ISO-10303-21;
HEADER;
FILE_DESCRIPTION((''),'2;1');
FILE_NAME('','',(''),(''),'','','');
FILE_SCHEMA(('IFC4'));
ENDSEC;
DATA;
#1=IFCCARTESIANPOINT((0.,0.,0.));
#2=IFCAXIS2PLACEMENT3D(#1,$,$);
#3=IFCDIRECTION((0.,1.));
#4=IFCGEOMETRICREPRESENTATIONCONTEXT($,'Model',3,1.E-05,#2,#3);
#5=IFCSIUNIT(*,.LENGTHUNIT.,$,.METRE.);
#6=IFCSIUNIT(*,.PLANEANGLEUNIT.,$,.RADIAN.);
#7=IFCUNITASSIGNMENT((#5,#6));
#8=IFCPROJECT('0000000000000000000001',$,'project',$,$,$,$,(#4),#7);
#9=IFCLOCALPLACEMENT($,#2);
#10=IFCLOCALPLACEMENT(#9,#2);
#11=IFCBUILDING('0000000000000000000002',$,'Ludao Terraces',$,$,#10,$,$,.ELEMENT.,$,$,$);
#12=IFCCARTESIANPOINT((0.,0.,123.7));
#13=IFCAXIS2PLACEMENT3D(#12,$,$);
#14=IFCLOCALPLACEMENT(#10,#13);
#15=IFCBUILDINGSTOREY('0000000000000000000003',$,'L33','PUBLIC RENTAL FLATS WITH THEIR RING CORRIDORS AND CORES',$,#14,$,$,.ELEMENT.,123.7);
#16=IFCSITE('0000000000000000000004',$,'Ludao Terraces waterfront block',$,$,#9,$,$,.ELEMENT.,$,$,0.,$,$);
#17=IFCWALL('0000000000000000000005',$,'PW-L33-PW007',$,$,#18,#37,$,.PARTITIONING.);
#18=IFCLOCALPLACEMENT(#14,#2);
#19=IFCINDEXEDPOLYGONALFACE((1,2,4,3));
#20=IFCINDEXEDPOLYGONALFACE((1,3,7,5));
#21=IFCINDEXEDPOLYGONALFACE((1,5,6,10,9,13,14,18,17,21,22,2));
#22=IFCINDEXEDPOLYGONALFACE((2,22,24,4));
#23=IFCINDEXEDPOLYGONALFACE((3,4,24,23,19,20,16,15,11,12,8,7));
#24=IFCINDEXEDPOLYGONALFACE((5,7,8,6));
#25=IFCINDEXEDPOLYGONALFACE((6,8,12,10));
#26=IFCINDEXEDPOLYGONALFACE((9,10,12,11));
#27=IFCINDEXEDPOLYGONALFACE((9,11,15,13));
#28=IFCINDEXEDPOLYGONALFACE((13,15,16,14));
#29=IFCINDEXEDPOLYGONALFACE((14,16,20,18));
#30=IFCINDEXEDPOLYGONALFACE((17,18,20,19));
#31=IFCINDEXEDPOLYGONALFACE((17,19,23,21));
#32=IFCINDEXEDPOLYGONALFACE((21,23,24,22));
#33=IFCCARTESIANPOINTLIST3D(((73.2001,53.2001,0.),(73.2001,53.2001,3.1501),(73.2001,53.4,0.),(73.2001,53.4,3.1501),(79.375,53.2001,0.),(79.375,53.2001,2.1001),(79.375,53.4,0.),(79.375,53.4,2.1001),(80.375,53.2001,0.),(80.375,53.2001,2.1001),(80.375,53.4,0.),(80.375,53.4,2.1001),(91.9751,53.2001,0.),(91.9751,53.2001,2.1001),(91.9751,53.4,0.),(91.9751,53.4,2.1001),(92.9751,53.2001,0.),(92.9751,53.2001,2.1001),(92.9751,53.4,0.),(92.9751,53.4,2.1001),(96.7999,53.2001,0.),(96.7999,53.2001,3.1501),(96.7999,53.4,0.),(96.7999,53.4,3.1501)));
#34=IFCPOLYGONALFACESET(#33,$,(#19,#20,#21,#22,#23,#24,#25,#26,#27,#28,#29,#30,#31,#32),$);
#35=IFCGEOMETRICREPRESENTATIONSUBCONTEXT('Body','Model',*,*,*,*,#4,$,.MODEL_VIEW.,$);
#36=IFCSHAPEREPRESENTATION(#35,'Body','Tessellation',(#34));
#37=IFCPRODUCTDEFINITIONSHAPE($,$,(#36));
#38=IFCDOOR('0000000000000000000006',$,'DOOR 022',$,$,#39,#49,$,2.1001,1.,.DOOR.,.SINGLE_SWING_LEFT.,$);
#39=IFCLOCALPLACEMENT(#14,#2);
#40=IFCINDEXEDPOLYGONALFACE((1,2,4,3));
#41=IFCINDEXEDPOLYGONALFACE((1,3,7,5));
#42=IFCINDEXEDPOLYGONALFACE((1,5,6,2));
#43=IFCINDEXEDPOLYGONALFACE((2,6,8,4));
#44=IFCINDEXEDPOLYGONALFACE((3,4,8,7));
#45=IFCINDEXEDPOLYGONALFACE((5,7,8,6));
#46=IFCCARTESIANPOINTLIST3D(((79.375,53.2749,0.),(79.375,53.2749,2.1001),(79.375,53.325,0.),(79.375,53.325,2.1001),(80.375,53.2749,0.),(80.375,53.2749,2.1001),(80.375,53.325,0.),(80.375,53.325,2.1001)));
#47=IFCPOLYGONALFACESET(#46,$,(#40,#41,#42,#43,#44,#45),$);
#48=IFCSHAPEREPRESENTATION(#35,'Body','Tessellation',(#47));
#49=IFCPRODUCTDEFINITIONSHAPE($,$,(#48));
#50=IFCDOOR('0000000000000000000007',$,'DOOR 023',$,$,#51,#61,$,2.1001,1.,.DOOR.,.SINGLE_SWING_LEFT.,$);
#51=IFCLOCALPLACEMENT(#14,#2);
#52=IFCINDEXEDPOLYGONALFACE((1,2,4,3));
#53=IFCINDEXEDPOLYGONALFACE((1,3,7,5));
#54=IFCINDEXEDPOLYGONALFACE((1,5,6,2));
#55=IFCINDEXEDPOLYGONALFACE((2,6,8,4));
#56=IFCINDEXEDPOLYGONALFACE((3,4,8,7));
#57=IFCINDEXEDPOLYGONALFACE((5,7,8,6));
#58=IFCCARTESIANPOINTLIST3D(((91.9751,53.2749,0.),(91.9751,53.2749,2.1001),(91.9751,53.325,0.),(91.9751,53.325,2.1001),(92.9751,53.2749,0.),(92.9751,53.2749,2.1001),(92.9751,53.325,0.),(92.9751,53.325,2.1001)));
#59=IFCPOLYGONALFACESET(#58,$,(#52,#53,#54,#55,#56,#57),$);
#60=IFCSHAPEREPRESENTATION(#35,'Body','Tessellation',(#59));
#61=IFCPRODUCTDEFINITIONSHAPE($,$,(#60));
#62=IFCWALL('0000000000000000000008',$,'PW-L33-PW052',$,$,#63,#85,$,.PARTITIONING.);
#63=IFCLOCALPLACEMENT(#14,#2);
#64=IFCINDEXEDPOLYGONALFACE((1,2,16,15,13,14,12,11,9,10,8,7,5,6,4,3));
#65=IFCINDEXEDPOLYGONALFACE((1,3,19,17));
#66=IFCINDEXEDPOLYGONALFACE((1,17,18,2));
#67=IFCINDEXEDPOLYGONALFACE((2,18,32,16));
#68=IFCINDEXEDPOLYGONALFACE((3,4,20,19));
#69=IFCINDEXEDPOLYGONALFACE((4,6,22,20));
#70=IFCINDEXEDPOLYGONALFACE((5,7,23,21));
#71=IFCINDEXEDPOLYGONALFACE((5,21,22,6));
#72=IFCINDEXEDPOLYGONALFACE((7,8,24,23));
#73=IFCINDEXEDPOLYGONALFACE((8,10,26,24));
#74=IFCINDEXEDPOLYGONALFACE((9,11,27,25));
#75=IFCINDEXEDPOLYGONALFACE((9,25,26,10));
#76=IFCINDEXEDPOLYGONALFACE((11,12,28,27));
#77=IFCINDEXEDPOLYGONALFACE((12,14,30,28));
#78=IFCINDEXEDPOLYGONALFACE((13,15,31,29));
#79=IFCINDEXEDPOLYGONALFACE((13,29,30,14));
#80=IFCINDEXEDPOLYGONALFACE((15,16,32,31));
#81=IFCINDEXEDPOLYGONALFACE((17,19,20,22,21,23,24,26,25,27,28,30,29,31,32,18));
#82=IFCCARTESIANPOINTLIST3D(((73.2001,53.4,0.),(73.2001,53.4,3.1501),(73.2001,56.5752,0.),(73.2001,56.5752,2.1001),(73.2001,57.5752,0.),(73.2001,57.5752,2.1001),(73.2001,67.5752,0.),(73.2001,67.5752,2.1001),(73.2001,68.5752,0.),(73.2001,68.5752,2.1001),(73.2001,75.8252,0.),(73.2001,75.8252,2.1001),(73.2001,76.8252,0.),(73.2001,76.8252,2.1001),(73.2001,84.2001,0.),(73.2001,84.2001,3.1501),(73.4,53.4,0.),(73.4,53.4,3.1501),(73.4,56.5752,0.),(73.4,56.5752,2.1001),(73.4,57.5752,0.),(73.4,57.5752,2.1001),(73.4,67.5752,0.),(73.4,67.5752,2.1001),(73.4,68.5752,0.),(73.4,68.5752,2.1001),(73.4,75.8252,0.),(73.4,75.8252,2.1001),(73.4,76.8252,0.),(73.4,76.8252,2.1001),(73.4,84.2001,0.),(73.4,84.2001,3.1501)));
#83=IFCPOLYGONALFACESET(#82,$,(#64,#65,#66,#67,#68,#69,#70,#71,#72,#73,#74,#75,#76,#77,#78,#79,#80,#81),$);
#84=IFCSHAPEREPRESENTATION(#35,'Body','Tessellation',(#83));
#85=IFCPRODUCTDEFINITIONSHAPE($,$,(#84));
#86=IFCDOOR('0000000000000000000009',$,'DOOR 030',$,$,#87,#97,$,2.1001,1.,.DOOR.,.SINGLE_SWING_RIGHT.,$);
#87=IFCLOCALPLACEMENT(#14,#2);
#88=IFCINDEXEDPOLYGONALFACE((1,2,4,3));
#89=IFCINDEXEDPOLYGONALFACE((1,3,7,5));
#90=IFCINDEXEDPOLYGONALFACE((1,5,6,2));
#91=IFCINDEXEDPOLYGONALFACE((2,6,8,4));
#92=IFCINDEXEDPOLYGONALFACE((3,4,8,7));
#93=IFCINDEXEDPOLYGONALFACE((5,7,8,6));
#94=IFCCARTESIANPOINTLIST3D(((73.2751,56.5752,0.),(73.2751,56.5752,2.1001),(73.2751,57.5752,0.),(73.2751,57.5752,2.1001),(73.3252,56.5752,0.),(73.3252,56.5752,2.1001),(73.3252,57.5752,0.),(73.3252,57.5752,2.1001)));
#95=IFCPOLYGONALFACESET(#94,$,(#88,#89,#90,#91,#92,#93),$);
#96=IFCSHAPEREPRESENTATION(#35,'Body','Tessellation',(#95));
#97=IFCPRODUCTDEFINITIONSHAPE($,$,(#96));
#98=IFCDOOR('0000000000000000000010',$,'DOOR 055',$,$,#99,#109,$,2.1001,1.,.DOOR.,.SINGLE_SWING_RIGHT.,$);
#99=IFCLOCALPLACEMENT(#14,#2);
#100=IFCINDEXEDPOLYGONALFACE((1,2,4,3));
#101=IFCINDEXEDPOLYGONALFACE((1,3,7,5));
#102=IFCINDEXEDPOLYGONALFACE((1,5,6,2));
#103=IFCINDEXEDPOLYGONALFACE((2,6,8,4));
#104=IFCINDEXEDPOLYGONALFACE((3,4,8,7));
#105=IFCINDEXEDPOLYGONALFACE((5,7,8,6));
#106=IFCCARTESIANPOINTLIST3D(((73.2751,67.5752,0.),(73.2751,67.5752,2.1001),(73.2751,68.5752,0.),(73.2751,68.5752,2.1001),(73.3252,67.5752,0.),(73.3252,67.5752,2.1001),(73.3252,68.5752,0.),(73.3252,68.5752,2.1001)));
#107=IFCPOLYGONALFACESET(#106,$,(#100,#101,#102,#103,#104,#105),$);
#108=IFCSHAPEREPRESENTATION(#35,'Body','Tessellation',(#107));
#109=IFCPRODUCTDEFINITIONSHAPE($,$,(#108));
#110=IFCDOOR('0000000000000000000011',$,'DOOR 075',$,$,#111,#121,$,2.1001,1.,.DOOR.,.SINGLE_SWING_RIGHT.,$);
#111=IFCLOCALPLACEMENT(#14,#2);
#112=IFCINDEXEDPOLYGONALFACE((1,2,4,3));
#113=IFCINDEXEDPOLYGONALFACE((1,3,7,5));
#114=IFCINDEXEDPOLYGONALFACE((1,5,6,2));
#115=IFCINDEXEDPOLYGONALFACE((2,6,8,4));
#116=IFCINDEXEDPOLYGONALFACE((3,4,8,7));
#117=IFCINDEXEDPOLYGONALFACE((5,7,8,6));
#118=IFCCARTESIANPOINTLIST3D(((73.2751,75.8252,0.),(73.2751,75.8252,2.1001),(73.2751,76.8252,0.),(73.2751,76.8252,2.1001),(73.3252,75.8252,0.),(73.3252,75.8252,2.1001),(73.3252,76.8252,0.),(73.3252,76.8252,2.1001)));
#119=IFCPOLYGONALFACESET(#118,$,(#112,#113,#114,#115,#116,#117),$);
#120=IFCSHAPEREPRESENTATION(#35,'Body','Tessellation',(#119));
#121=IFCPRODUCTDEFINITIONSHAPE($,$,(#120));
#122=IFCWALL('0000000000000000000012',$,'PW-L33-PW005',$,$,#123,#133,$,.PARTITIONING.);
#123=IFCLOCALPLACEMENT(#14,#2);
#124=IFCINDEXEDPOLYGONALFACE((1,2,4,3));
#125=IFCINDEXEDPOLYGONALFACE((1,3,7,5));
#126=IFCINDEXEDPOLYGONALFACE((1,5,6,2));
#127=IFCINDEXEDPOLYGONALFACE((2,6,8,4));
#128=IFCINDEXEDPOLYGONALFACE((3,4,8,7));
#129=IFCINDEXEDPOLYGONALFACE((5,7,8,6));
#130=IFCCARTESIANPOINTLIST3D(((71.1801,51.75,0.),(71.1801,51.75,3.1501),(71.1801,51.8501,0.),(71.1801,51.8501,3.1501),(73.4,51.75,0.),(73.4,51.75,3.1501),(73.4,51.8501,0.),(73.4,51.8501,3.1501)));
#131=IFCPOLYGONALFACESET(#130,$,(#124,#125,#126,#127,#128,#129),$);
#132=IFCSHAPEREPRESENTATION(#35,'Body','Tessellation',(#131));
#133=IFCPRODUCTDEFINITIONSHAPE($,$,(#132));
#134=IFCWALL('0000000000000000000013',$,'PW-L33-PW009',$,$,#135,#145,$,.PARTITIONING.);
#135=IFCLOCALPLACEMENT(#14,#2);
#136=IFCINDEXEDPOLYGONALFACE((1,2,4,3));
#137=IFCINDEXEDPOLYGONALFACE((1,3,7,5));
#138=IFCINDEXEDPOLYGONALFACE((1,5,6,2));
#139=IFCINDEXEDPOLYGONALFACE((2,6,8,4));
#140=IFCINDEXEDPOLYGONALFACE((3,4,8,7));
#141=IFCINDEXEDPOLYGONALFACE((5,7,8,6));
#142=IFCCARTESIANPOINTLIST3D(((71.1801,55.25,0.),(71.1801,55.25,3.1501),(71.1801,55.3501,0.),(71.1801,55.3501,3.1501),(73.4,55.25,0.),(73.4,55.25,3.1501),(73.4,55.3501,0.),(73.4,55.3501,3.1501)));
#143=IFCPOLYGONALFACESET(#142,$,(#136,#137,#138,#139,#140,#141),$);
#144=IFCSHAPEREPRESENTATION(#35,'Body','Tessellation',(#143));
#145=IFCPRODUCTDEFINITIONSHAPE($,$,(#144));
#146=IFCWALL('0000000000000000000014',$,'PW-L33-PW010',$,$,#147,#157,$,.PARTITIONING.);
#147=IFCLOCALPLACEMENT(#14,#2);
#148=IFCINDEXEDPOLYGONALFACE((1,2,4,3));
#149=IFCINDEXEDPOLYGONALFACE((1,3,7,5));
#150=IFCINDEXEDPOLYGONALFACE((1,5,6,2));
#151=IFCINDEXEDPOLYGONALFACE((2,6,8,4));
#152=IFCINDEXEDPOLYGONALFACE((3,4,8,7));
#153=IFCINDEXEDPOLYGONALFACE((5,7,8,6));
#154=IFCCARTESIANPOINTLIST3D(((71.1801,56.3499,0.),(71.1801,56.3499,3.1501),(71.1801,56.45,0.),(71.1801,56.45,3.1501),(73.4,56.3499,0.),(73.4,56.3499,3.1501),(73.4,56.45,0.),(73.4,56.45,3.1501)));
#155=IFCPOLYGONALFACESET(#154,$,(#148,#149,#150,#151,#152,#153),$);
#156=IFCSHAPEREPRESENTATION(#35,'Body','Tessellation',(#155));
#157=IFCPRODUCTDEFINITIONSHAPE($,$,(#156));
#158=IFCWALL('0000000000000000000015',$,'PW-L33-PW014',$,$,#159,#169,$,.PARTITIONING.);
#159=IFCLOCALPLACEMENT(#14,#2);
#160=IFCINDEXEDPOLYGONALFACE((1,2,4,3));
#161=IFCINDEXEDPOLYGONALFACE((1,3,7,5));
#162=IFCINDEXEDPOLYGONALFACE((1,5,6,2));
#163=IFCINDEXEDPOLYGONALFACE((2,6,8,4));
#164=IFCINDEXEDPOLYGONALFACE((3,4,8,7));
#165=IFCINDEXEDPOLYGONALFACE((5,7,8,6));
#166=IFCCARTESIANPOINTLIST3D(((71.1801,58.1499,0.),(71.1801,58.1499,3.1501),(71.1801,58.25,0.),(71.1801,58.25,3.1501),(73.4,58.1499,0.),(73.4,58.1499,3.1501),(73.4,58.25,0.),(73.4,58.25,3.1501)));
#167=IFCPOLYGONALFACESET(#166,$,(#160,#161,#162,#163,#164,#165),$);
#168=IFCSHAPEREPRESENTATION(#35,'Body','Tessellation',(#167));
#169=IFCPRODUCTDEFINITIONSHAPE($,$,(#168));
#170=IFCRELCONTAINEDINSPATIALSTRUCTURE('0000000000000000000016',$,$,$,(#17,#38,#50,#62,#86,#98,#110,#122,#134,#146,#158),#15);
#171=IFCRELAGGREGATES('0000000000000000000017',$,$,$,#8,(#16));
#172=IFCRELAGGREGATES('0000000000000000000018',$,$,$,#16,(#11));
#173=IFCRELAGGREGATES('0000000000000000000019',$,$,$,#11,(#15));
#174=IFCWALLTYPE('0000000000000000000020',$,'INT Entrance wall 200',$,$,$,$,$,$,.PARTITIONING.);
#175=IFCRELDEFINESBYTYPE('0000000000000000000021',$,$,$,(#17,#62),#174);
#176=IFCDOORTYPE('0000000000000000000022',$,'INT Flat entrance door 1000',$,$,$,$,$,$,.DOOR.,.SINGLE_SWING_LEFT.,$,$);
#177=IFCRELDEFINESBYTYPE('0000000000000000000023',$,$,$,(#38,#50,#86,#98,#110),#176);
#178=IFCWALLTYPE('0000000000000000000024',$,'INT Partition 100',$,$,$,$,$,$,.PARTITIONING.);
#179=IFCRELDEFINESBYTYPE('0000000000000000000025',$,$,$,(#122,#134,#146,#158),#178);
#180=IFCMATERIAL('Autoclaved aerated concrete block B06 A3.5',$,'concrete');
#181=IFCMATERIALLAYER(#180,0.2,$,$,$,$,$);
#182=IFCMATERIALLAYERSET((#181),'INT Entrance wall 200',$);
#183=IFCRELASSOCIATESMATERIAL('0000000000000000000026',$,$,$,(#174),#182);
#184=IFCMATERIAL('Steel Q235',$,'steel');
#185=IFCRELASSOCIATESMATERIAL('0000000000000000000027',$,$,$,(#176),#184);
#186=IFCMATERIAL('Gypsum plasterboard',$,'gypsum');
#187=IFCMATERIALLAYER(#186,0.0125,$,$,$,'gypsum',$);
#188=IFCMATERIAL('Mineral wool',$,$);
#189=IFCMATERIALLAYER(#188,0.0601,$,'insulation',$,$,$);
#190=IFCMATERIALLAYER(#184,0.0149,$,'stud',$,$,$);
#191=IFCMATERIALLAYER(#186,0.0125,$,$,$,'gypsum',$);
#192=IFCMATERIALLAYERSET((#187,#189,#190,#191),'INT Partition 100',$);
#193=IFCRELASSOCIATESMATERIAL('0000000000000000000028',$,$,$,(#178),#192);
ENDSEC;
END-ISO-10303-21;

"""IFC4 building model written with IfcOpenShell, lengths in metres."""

from ifc_helpers import new_model, si_unit, direction, frame, frame_2d, origin, place, context, subcontext, project, spatial, rectangle, extrude, material, layer, layer_set, type_object, element, fill, save


model = new_model("IFC4")

# Units and contexts
model_context = context("Model", 3, precision=1e-05, world=origin(), true_north=direction((0.0, 1.0)))
body_context = subcontext(model_context, "Body", "Model", "MODEL_VIEW")
ifc_project = project(units=[si_unit("LENGTHUNIT", "METRE"), si_unit("PLANEANGLEUNIT", "RADIAN")], contexts=[model_context])

# Site, building, storey
site_placement = place(None, origin())
site = spatial("IfcSite", under=ifc_project, at=site_placement, Name="Ludao Terraces waterfront block", CompositionType="ELEMENT", RefElevation=0.0)
building_placement = place(site_placement, origin())
building = spatial("IfcBuilding", under=site, at=building_placement, Name="Ludao Terraces", CompositionType="ELEMENT")
storey_placement = place(building_placement, frame((0.0, 0.0, 123.7)))
storey = spatial("IfcBuildingStorey", under=building, at=storey_placement, Name="L33", Description="PUBLIC RENTAL FLATS WITH THEIR RING CORRIDORS AND CORES", CompositionType="ELEMENT", Elevation=123.7)

# Walls, openings, doors
ifc_material_1 = material(Name="Steel Q235", Category="steel")
ifc_material_2 = material(Name="Autoclaved aerated concrete block B06 A3.5", Category="concrete")
ifc_layer_1 = layer(ifc_material_2, 0.2)
ifc_layer_set_1 = layer_set([ifc_layer_1], Name="INT Entrance wall 200")
wall_type_1 = type_object("IfcWallType", Name="INT Entrance wall 200", PredefinedType="PARTITIONING", material=ifc_layer_set_1)
wall_1_placement = place(storey_placement, frame((73.2002, 53.3, 0.0), z_axis=(0.0, 0.0, 1.0), x_axis=(1.0, 0.0, 0.0)))
wall_1 = element("IfcWall", 1, at=wall_1_placement, inside=storey, type_object=wall_type_1, Name="PW-L33-PW007", PredefinedType="PARTITIONING", context=body_context, shape_type="SweptSolid", body=[
    extrude(rectangle(XDim=23.5999, YDim=0.2, at=frame_2d((11.7998, 0.0))), origin(), (0.0, 0.0, 1.0), 3.1501),
])
opening_1_placement = place(wall_1_placement, frame((6.1748, 0.0, 0.0)))
opening_1 = element("IfcOpeningElement", 2, at=opening_1_placement, cuts=wall_1, PredefinedType="OPENING", context=body_context, shape_type="SweptSolid", body=[
    extrude(rectangle(XDim=1.0, YDim=2.1001, at=frame_2d((0.5, 1.05))), frame((0.0, 0.1099, 0.0), z_axis=(0.0, -1.0, 0.0), x_axis=(1.0, 0.0, 0.0)), (0.0, 0.0, 1.0), 0.22),
])
opening_2_placement = place(wall_1_placement, frame((18.7749, 0.0, 0.0)))
opening_2 = element("IfcOpeningElement", 3, at=opening_2_placement, cuts=wall_1, PredefinedType="OPENING", context=body_context, shape_type="SweptSolid", body=[
    extrude(rectangle(XDim=1.0, YDim=2.1001, at=frame_2d((0.5, 1.05))), frame((0.0, 0.1099, 0.0), z_axis=(0.0, -1.0, 0.0), x_axis=(1.0, 0.0, 0.0)), (0.0, 0.0, 1.0), 0.22),
])
door_type_1 = type_object("IfcDoorType", Name="INT Flat entrance door 1000", OperationType="SINGLE_SWING_LEFT", PredefinedType="DOOR", material=ifc_material_1)
door_1_placement = place(opening_1_placement, origin())
door_1 = element("IfcDoor", 4, at=door_1_placement, inside=storey, type_object=door_type_1, Name="DOOR 022", OperationType="SINGLE_SWING_LEFT", OverallHeight=2.1001, OverallWidth=1.0, PredefinedType="DOOR", context=body_context, shape_type="SweptSolid", body=[
    extrude(rectangle(XDim=1.0, YDim=2.1001, at=frame_2d((0.5, 1.05))), frame((0.0, 0.0249, 0.0), z_axis=(0.0, -1.0, 0.0), x_axis=(1.0, 0.0, 0.0)), (0.0, 0.0, 1.0), 0.05),
])
fill(opening_1, door_1)
door_2_placement = place(opening_2_placement, origin())
door_2 = element("IfcDoor", 5, at=door_2_placement, inside=storey, type_object=door_type_1, Name="DOOR 023", OperationType="SINGLE_SWING_LEFT", OverallHeight=2.1001, OverallWidth=1.0, PredefinedType="DOOR", context=body_context, shape_type="SweptSolid", body=[
    extrude(rectangle(XDim=1.0, YDim=2.1001, at=frame_2d((0.5, 1.05))), frame((0.0, 0.0249, 0.0), z_axis=(0.0, -1.0, 0.0), x_axis=(1.0, 0.0, 0.0)), (0.0, 0.0, 1.0), 0.05),
])
fill(opening_2, door_2)
wall_2_placement = place(storey_placement, frame((73.3, 53.4001, 0.0), z_axis=(0.0, 0.0, 1.0), x_axis=(0.0, 1.0, 0.0)))
wall_2 = element("IfcWall", 6, at=wall_2_placement, inside=storey, type_object=wall_type_1, Name="PW-L33-PW052", PredefinedType="PARTITIONING", context=body_context, shape_type="SweptSolid", body=[
    extrude(rectangle(XDim=30.8, YDim=0.2, at=frame_2d((15.3999, 0.0))), origin(), (0.0, 0.0, 1.0), 3.1501),
])
opening_3_placement = place(wall_2_placement, frame((3.175, 0.0, 0.0)))
opening_3 = element("IfcOpeningElement", 7, at=opening_3_placement, cuts=wall_2, PredefinedType="OPENING", context=body_context, shape_type="SweptSolid", body=[
    extrude(rectangle(XDim=1.0, YDim=2.1001, at=frame_2d((0.5, 1.05))), frame((0.0, 0.1099, 0.0), z_axis=(0.0, -1.0, 0.0), x_axis=(1.0, 0.0, 0.0)), (0.0, 0.0, 1.0), 0.22),
])
opening_4_placement = place(wall_2_placement, frame((14.175, 0.0, 0.0)))
opening_4 = element("IfcOpeningElement", 8, at=opening_4_placement, cuts=wall_2, PredefinedType="OPENING", context=body_context, shape_type="SweptSolid", body=[
    extrude(rectangle(XDim=1.0, YDim=2.1001, at=frame_2d((0.5, 1.05))), frame((0.0, 0.1099, 0.0), z_axis=(0.0, -1.0, 0.0), x_axis=(1.0, 0.0, 0.0)), (0.0, 0.0, 1.0), 0.22),
])
opening_5_placement = place(wall_2_placement, frame((22.425, 0.0, 0.0)))
opening_5 = element("IfcOpeningElement", 9, at=opening_5_placement, cuts=wall_2, PredefinedType="OPENING", context=body_context, shape_type="SweptSolid", body=[
    extrude(rectangle(XDim=1.0, YDim=2.1001, at=frame_2d((0.5, 1.05))), frame((0.0, 0.1099, 0.0), z_axis=(0.0, -1.0, 0.0), x_axis=(1.0, 0.0, 0.0)), (0.0, 0.0, 1.0), 0.22),
])
door_3_placement = place(opening_3_placement, origin())
door_3 = element("IfcDoor", 10, at=door_3_placement, inside=storey, type_object=door_type_1, Name="DOOR 030", OperationType="SINGLE_SWING_RIGHT", OverallHeight=2.1001, OverallWidth=1.0, PredefinedType="DOOR", context=body_context, shape_type="SweptSolid", body=[
    extrude(rectangle(XDim=1.0, YDim=2.1001, at=frame_2d((0.5, 1.05))), frame((0.0, 0.0249, 0.0), z_axis=(0.0, -1.0, 0.0), x_axis=(1.0, 0.0, 0.0)), (0.0, 0.0, 1.0), 0.05),
])
fill(opening_3, door_3)
door_4_placement = place(opening_4_placement, origin())
door_4 = element("IfcDoor", 11, at=door_4_placement, inside=storey, type_object=door_type_1, Name="DOOR 055", OperationType="SINGLE_SWING_RIGHT", OverallHeight=2.1001, OverallWidth=1.0, PredefinedType="DOOR", context=body_context, shape_type="SweptSolid", body=[
    extrude(rectangle(XDim=1.0, YDim=2.1001, at=frame_2d((0.5, 1.05))), frame((0.0, 0.0249, 0.0), z_axis=(0.0, -1.0, 0.0), x_axis=(1.0, 0.0, 0.0)), (0.0, 0.0, 1.0), 0.05),
])
fill(opening_4, door_4)
door_5_placement = place(opening_5_placement, origin())
door_5 = element("IfcDoor", 12, at=door_5_placement, inside=storey, type_object=door_type_1, Name="DOOR 075", OperationType="SINGLE_SWING_RIGHT", OverallHeight=2.1001, OverallWidth=1.0, PredefinedType="DOOR", context=body_context, shape_type="SweptSolid", body=[
    extrude(rectangle(XDim=1.0, YDim=2.1001, at=frame_2d((0.5, 1.05))), frame((0.0, 0.0249, 0.0), z_axis=(0.0, -1.0, 0.0), x_axis=(1.0, 0.0, 0.0)), (0.0, 0.0, 1.0), 0.05),
])
fill(opening_5, door_5)

# Walls
ifc_material_3 = material(Name="Gypsum plasterboard", Category="gypsum")
ifc_layer_2 = layer(ifc_material_3, 0.0125, Category="gypsum")
ifc_material_4 = material(Name="Mineral wool")
ifc_layer_3 = layer(ifc_material_4, 0.0601, Name="insulation")
ifc_layer_4 = layer(ifc_material_1, 0.0149, Name="stud")
ifc_layer_5 = layer(ifc_material_3, 0.0125, Category="gypsum")
ifc_layer_set_2 = layer_set([ifc_layer_2, ifc_layer_3, ifc_layer_4, ifc_layer_5], Name="INT Partition 100")
wall_type_2 = type_object("IfcWallType", Name="INT Partition 100", PredefinedType="PARTITIONING", material=ifc_layer_set_2)
for number, where, z_axis, x_axis, name in (
    (13, (71.1802, 51.8, 0.0), (0.0, 0.0, 1.0), (1.0, 0.0, 0.0), "PW-L33-PW005"),
    (14, (71.1802, 55.3, 0.0), (0.0, 0.0, 1.0), (1.0, 0.0, 0.0), "PW-L33-PW009"),
    (15, (71.1802, 56.3999, 0.0), (0.0, 0.0, 1.0), (1.0, 0.0, 0.0), "PW-L33-PW010"),
    (16, (71.1802, 58.2, 0.0), (0.0, 0.0, 1.0), (1.0, 0.0, 0.0), "PW-L33-PW014"),
):
    element("IfcWall", number, at=place(storey_placement, frame(where, z_axis=z_axis, x_axis=x_axis)), inside=storey, type_object=wall_type_2, Name=name, PredefinedType="PARTITIONING", context=body_context, shape_type="SweptSolid", body=[
        extrude(rectangle(XDim=2.22, YDim=0.1001, at=frame_2d((1.1099, 0.0))), origin(), (0.0, 0.0, 1.0), 3.1501),
    ])

save(model, "model.ifc")
